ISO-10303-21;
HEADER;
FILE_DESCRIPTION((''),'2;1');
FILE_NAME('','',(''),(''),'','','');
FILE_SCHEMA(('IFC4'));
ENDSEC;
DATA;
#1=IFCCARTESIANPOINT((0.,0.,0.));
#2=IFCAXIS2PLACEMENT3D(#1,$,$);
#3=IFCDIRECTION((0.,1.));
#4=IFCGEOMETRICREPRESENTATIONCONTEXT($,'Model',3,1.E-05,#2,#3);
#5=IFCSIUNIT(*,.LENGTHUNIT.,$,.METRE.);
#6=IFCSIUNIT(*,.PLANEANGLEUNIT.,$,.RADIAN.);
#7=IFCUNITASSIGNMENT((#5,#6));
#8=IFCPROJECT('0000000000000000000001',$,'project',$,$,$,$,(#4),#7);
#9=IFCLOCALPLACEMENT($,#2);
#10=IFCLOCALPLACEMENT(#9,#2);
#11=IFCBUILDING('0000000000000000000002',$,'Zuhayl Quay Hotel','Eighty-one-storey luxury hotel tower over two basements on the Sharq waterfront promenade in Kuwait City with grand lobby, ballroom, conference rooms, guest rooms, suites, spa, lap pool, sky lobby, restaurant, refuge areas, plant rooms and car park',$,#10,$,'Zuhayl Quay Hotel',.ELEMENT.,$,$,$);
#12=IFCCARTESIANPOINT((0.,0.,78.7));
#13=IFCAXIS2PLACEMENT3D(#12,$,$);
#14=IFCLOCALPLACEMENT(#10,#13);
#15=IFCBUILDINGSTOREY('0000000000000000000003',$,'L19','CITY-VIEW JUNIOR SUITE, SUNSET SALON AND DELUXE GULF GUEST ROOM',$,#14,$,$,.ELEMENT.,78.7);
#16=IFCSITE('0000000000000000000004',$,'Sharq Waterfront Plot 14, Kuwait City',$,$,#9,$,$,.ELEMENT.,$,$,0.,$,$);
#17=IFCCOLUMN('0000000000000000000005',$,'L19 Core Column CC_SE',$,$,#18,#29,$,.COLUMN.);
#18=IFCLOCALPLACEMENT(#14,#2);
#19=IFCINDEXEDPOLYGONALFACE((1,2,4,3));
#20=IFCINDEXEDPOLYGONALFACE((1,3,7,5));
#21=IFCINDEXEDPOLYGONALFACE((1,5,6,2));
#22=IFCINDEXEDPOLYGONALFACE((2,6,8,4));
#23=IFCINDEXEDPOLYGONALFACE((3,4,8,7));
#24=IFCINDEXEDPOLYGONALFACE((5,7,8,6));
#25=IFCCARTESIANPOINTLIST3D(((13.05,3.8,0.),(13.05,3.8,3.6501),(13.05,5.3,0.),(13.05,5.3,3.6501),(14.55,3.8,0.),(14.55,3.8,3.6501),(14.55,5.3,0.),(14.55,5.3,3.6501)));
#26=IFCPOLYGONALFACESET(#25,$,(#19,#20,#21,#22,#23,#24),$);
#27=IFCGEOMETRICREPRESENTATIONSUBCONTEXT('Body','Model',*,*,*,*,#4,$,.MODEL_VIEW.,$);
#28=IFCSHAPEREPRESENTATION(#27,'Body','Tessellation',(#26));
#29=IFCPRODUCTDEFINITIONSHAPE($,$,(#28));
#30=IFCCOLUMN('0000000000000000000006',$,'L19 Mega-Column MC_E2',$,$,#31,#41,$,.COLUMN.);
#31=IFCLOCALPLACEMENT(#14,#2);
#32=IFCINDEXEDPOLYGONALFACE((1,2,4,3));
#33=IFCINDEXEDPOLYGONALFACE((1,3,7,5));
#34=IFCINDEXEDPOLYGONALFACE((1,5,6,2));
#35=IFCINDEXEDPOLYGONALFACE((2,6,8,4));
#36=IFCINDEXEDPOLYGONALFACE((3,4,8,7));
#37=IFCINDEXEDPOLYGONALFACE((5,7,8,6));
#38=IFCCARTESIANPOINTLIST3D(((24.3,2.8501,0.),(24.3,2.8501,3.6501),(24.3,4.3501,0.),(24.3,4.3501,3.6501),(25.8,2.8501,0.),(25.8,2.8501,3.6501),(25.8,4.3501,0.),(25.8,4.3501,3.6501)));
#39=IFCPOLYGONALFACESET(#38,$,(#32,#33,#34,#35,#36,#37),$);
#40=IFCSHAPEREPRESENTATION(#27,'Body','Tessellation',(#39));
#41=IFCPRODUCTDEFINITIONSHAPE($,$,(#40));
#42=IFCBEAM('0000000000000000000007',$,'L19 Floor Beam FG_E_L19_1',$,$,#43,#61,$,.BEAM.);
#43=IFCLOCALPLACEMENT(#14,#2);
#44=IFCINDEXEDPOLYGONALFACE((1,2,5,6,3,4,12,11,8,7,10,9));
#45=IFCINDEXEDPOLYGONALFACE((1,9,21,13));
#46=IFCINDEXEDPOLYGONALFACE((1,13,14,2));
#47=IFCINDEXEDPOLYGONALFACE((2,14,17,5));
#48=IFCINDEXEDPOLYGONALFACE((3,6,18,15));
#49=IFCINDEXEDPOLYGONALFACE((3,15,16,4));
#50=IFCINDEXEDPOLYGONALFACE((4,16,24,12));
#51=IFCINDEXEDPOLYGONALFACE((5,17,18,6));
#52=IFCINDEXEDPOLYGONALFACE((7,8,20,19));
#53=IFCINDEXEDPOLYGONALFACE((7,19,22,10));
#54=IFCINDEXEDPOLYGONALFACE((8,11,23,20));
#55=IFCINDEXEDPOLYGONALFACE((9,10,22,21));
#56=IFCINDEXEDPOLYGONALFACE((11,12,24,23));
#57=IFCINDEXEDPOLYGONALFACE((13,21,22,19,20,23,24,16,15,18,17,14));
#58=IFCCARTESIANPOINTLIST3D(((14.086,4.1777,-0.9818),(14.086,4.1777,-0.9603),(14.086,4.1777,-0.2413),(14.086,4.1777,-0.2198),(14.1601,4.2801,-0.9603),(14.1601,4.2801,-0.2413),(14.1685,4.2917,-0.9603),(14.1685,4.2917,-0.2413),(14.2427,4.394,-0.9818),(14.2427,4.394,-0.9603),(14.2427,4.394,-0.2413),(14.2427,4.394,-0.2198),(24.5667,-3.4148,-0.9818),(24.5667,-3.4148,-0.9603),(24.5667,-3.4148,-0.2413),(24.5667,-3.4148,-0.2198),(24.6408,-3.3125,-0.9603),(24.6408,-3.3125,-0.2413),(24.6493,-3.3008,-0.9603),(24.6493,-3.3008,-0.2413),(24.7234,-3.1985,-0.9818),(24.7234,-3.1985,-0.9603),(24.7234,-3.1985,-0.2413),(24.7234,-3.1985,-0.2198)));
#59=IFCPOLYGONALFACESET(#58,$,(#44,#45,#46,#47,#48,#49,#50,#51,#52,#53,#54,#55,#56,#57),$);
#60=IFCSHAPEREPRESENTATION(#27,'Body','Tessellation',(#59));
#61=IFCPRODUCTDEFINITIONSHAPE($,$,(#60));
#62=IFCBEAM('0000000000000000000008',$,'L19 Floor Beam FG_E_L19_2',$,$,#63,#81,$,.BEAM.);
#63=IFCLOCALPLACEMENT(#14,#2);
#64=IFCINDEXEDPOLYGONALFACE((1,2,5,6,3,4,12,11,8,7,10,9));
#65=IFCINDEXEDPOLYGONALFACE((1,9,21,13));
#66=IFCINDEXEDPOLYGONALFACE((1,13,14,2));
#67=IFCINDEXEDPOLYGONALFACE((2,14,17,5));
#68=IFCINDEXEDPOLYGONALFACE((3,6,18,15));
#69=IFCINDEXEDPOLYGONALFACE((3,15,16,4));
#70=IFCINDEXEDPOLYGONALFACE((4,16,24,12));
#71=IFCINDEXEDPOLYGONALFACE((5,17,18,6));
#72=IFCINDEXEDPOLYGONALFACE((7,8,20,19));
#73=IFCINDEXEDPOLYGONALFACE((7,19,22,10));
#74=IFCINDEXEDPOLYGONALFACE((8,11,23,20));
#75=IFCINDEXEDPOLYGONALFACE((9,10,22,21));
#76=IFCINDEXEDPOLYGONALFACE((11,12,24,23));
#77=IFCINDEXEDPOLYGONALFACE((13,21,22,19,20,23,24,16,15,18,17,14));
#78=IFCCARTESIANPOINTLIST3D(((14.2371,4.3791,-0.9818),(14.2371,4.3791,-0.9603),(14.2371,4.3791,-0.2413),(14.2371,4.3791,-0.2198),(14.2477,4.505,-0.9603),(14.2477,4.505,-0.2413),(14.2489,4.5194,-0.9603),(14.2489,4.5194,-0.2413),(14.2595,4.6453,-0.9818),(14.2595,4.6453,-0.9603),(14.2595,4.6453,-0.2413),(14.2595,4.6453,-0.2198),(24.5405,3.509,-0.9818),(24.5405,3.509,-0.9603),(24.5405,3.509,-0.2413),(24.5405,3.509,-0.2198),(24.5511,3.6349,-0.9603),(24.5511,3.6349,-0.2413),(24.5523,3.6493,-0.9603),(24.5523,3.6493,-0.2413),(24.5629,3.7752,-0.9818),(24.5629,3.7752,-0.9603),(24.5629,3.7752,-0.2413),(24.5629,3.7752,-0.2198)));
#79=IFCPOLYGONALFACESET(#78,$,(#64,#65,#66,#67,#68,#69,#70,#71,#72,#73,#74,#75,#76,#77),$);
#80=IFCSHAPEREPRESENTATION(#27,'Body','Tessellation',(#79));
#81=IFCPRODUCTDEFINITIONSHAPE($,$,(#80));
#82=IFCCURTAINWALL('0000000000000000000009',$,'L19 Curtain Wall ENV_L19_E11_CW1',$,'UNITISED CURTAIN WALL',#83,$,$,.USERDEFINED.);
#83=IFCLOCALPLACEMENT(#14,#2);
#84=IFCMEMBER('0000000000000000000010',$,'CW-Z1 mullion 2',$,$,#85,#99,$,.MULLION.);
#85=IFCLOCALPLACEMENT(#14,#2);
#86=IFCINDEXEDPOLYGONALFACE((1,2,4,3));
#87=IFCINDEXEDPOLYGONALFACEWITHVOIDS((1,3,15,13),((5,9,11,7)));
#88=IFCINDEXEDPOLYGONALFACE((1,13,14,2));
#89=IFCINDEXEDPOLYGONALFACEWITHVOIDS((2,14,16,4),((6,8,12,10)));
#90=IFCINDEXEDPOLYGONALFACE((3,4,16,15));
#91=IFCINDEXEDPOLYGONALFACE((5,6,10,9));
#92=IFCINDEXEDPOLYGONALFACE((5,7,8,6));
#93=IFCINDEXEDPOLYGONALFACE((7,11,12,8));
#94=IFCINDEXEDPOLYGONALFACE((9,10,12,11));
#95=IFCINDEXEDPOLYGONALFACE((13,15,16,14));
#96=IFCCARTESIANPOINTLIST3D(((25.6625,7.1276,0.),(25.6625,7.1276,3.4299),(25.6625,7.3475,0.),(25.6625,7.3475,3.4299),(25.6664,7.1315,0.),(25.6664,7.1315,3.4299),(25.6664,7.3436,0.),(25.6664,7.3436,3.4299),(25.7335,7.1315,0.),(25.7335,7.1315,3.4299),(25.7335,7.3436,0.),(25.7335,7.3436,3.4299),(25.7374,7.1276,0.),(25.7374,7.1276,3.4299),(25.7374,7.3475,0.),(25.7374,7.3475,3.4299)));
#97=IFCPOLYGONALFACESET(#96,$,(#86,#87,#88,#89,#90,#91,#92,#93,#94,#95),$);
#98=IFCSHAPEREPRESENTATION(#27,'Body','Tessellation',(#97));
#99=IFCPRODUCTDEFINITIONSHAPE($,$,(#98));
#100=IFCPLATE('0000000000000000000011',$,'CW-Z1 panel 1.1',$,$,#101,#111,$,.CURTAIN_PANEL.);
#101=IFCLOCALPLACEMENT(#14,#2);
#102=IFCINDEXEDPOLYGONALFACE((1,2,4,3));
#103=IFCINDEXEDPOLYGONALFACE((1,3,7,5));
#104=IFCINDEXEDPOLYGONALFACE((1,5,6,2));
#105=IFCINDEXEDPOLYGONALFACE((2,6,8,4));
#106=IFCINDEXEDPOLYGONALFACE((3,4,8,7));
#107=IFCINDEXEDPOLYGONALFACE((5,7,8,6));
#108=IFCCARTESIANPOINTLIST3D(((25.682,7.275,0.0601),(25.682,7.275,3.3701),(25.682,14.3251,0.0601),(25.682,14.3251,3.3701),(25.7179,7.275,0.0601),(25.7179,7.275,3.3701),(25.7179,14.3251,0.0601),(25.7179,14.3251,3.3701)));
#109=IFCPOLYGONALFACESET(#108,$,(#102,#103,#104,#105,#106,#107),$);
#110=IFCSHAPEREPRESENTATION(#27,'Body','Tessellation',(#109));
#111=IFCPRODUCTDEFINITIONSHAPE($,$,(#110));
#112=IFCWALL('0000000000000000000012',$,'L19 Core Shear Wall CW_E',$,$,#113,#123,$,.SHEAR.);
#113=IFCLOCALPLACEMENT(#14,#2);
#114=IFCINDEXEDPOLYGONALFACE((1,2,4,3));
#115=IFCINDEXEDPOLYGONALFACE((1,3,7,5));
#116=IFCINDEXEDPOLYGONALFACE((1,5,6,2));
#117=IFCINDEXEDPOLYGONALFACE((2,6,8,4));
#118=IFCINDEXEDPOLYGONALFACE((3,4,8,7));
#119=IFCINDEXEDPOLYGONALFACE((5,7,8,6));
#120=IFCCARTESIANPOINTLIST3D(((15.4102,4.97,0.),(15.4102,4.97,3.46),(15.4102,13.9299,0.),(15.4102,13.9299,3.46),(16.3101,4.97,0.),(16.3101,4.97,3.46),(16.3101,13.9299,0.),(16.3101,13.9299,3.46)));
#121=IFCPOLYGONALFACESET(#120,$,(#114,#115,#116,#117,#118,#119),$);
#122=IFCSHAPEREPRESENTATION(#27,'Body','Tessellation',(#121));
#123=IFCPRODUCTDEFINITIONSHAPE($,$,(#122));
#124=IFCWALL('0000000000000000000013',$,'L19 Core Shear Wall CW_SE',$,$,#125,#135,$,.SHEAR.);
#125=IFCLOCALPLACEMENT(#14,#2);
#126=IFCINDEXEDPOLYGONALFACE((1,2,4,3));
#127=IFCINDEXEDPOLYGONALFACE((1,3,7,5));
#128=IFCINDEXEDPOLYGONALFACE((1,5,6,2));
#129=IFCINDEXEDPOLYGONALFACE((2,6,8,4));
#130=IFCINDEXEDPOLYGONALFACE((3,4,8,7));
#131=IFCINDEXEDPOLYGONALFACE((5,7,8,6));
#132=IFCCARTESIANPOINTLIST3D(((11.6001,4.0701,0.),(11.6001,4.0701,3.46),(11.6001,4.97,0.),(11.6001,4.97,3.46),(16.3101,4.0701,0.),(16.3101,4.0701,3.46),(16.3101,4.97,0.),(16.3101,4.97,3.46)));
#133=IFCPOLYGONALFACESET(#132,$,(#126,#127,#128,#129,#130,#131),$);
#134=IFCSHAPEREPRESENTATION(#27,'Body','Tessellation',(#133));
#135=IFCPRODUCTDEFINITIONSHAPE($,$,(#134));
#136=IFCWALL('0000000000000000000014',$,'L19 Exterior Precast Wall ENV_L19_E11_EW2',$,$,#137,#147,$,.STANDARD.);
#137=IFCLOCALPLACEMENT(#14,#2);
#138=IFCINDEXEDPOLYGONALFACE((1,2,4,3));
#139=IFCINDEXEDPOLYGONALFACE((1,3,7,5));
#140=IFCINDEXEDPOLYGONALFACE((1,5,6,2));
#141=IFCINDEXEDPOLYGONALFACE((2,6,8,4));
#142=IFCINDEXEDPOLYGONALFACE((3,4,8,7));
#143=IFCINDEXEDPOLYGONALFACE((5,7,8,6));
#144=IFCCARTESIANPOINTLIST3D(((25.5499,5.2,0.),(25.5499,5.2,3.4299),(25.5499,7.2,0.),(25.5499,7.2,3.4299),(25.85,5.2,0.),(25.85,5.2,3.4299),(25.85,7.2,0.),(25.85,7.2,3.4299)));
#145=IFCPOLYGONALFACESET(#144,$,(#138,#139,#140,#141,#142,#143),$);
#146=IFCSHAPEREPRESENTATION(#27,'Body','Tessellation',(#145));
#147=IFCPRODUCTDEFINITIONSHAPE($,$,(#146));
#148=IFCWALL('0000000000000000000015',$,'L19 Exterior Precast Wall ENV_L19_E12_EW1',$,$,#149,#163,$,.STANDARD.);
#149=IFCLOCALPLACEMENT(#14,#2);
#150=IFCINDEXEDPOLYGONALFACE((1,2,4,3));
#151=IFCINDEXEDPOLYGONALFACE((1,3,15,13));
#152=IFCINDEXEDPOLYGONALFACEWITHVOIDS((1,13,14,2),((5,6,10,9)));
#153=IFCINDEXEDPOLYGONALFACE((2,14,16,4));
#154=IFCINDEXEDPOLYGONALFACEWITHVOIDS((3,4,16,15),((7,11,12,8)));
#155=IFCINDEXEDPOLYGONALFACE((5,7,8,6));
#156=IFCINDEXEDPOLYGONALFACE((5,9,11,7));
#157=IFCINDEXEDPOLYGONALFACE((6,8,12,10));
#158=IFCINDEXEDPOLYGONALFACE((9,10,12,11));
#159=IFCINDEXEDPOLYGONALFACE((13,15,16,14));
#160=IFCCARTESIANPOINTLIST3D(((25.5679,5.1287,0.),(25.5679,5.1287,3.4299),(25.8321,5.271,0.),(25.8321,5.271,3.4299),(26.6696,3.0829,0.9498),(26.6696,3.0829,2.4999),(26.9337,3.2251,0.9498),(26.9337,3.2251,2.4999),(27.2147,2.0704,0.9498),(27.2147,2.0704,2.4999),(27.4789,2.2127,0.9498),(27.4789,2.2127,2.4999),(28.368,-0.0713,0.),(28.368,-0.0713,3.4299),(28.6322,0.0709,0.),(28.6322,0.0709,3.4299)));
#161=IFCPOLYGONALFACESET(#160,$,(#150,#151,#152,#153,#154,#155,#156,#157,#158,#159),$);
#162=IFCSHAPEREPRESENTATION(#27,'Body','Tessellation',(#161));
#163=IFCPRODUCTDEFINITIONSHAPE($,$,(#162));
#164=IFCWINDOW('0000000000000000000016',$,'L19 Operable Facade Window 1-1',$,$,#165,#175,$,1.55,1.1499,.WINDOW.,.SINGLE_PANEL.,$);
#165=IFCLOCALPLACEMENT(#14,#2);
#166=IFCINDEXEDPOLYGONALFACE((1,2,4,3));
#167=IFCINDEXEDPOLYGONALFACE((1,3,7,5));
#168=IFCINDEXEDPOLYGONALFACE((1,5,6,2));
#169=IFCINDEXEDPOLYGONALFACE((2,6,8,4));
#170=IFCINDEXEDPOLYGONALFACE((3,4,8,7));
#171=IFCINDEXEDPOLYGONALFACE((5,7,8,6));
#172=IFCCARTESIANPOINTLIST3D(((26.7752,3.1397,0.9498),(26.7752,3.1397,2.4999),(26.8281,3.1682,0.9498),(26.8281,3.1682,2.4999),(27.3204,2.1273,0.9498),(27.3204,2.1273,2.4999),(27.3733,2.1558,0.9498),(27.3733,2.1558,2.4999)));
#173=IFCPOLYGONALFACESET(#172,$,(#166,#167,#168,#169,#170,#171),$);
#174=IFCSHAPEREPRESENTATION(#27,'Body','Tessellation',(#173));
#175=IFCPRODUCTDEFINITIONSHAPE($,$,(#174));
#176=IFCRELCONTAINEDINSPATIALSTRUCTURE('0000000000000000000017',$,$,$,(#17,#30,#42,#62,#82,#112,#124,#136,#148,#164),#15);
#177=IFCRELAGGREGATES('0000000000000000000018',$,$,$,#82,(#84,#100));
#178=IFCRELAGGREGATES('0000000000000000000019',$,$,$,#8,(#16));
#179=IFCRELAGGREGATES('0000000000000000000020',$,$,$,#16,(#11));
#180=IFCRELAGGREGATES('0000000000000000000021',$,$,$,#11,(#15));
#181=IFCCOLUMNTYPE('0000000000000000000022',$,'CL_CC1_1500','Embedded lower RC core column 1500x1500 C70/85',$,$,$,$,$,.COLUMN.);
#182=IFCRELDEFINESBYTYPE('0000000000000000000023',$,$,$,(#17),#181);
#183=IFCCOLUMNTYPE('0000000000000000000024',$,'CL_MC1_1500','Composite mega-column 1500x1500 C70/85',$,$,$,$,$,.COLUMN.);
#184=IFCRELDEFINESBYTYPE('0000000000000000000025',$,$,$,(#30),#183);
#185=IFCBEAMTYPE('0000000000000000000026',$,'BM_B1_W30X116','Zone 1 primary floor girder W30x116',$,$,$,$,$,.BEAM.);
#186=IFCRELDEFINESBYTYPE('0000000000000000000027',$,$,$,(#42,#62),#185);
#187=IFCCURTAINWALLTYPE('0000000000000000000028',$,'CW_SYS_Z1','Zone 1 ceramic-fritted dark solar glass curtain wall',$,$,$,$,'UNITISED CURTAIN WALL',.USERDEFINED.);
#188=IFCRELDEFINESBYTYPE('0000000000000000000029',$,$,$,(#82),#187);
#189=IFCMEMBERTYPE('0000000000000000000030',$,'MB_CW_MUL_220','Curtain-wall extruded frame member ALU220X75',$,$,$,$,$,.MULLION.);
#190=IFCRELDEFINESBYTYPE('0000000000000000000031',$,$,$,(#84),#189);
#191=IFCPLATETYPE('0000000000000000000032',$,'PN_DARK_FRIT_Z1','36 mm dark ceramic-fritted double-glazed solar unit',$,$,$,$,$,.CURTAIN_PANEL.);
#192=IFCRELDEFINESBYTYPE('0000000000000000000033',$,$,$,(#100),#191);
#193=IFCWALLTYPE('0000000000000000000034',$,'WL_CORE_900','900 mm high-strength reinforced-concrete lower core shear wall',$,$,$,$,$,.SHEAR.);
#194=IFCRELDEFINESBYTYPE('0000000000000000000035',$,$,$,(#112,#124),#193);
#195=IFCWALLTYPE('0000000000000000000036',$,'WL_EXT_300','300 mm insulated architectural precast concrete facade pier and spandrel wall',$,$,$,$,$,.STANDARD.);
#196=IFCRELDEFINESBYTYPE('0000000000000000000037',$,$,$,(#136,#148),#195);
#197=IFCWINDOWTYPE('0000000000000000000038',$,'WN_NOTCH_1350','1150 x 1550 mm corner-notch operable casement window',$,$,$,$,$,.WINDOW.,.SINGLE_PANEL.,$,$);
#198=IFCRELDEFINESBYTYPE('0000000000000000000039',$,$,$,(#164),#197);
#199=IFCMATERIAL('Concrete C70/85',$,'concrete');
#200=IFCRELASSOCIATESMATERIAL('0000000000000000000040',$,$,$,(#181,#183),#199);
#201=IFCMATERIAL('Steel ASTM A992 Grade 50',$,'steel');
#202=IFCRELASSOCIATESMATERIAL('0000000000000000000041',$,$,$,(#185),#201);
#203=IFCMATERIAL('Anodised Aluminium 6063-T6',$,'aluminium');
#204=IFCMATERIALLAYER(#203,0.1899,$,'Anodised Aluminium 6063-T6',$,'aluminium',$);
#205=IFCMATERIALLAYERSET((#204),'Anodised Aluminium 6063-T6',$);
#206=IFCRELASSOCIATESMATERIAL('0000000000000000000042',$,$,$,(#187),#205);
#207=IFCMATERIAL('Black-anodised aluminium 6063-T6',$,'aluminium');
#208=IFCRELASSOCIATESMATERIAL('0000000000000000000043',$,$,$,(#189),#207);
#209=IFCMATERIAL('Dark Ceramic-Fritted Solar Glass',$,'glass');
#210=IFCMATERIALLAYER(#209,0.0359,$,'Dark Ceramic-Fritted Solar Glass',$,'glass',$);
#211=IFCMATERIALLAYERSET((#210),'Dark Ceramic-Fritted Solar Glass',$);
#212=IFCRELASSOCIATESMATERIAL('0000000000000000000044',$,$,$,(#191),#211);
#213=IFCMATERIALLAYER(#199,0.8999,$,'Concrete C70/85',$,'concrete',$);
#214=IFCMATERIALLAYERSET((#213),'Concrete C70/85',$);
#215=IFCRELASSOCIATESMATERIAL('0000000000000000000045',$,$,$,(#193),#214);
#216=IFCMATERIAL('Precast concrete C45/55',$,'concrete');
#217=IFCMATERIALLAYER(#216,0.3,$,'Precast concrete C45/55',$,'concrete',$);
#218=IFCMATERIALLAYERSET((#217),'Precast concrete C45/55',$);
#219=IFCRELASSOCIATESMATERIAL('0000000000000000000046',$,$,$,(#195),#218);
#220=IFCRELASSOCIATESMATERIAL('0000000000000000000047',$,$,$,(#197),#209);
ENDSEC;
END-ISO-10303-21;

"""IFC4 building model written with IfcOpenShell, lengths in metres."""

from ifc_helpers import new_model, si_unit, direction, frame, frame_2d, origin, origin_2d, place, context, subcontext, project, spatial, rectangle, hollow_rectangle, i_section, extrude, material, layer, layer_set, material_profile, profile_set, type_object, element, fill, aggregate, save


model = new_model("IFC4")

# Units and contexts
model_context = context("Model", 3, precision=1e-05, world=origin(), true_north=direction((0.0, 1.0)))
body_context = subcontext(model_context, "Body", "Model", "MODEL_VIEW")
ifc_project = project(units=[si_unit("LENGTHUNIT", "METRE"), si_unit("PLANEANGLEUNIT", "RADIAN")], contexts=[model_context])

# Site, building, storey
site_placement = place(None, origin())
site = spatial("IfcSite", under=ifc_project, at=site_placement, Name="Sharq Waterfront Plot 14, Kuwait City", CompositionType="ELEMENT", RefElevation=0.0)
building_placement = place(site_placement, origin())
building = spatial("IfcBuilding", under=site, at=building_placement, Name="Zuhayl Quay Hotel", Description="Eighty-one-storey luxury hotel tower over two basements on the Sharq waterfront promenade in Kuwait City with grand lobby, ballroom, conference rooms, guest rooms, suites, spa, lap pool, sky lobby, restaurant, refuge areas, plant rooms and car park", LongName="Zuhayl Quay Hotel", CompositionType="ELEMENT")
storey_placement = place(building_placement, frame((0.0, 0.0, 78.7)))
storey = spatial("IfcBuildingStorey", under=building, at=storey_placement, Name="L19", Description="CITY-VIEW JUNIOR SUITE, SUNSET SALON AND DELUXE GULF GUEST ROOM", CompositionType="ELEMENT", Elevation=78.7)

# Columns
ifc_material_1 = material(Name="Concrete C70/85", Category="concrete")
ifc_material_profile_1 = material_profile(ifc_material_1, rectangle(XDim=1.5, YDim=1.5, at=origin_2d()), Name="RC1500X1500")
ifc_profile_set_1 = profile_set([ifc_material_profile_1], Name="Concrete C70/85")
column_type_1 = type_object("IfcColumnType", Name="CL_CC1_1500", Description="Embedded lower RC core column 1500x1500 C70/85", PredefinedType="COLUMN", material=ifc_profile_set_1)
column_1_placement = place(storey_placement, frame((13.8, 4.55, 0.0), z_axis=(0.0, 0.0, 1.0), x_axis=(1.0, 0.0, 0.0)))
element("IfcColumn", 1, at=column_1_placement, inside=storey, type_object=column_type_1, Name="L19 Core Column CC_SE", PredefinedType="COLUMN", context=body_context, shape_type="SweptSolid", body=[
    extrude(rectangle(XDim=1.5, YDim=1.5, at=origin_2d()), origin(), (0.0, 0.0, 1.0), 3.6501),
])
ifc_material_profile_2 = material_profile(ifc_material_1, rectangle(XDim=1.5, YDim=1.5, at=origin_2d()), Name="RC1500X1500")
ifc_profile_set_2 = profile_set([ifc_material_profile_2], Name="Concrete C70/85")
column_type_2 = type_object("IfcColumnType", Name="CL_MC1_1500", Description="Composite mega-column 1500x1500 C70/85", PredefinedType="COLUMN", material=ifc_profile_set_2)
column_2_placement = place(storey_placement, frame((25.05, 3.6001, 0.0), z_axis=(0.0, 0.0, 1.0), x_axis=(1.0, 0.0, 0.0)))
element("IfcColumn", 2, at=column_2_placement, inside=storey, type_object=column_type_2, Name="L19 Mega-Column MC_E2", PredefinedType="COLUMN", context=body_context, shape_type="SweptSolid", body=[
    extrude(rectangle(XDim=1.5, YDim=1.5, at=origin_2d()), origin(), (0.0, 0.0, 1.0), 3.6501),
])

# Beams
ifc_material_2 = material(Name="Steel ASTM A992 Grade 50", Category="steel")
ifc_material_profile_3 = material_profile(ifc_material_2, i_section(OverallWidth=0.2671, OverallDepth=0.762, WebThickness=0.0144, FlangeThickness=0.0215, at=origin_2d()), Name="W30X116")
ifc_profile_set_3 = profile_set([ifc_material_profile_3], Name="Steel ASTM A992 Grade 50")
beam_type = type_object("IfcBeamType", Name="BM_B1_W30X116", Description="Zone 1 primary floor girder W30x116", PredefinedType="BEAM", material=ifc_profile_set_3)
beam_1_placement = place(storey_placement, frame((14.1643, 4.2859, -0.6008), z_axis=(0.80983, -0.586664, 0.0), x_axis=(0.586664, 0.80983, 0.0)))
element("IfcBeam", 3, at=beam_1_placement, inside=storey, type_object=beam_type, Name="L19 Floor Beam FG_E_L19_1", PredefinedType="BEAM", context=body_context, shape_type="SweptSolid", body=[
    extrude(i_section(OverallWidth=0.2671, OverallDepth=0.762, WebThickness=0.0144, FlangeThickness=0.0215, at=origin_2d()), origin(), (0.0, 0.0, 1.0), 12.9419),
])
beam_2_placement = place(storey_placement, frame((14.2483, 4.5122, -0.6008), z_axis=(0.996453, -0.084149, 0.0), x_axis=(0.084149, 0.996453, 0.0)))
element("IfcBeam", 4, at=beam_2_placement, inside=storey, type_object=beam_type, Name="L19 Floor Beam FG_E_L19_2", PredefinedType="BEAM", context=body_context, shape_type="SweptSolid", body=[
    extrude(i_section(OverallWidth=0.2671, OverallDepth=0.762, WebThickness=0.0144, FlangeThickness=0.0215, at=origin_2d()), origin(), (0.0, 0.0, 1.0), 10.3401),
])

# Curtain wall, member, plate
ifc_material_3 = material(Name="Anodised Aluminium 6063-T6", Category="aluminium")
ifc_layer_1 = layer(ifc_material_3, 0.1899, Name="Anodised Aluminium 6063-T6", Category="aluminium")
ifc_layer_set_1 = layer_set([ifc_layer_1], Name="Anodised Aluminium 6063-T6")
curtain_wall_type = type_object("IfcCurtainWallType", Name="CW_SYS_Z1", Description="Zone 1 ceramic-fritted dark solar glass curtain wall", ElementType="UNITISED CURTAIN WALL", PredefinedType="USERDEFINED", material=ifc_layer_set_1)
curtain_wall_placement = place(storey_placement, origin())
curtain_wall = element("IfcCurtainWall", 5, at=curtain_wall_placement, inside=storey, type_object=curtain_wall_type, Name="L19 Curtain Wall ENV_L19_E11_CW1", ObjectType="UNITISED CURTAIN WALL", PredefinedType="USERDEFINED")
ifc_material_4 = material(Name="Black-anodised aluminium 6063-T6", Category="aluminium")
ifc_material_profile_4 = material_profile(ifc_material_4, hollow_rectangle(XDim=0.075, YDim=0.22, WallThickness=0.0039, at=origin_2d()), Name="ALU220X75")
ifc_profile_set_4 = profile_set([ifc_material_profile_4], Name="Black-anodised aluminium 6063-T6")
member_type = type_object("IfcMemberType", Name="MB_CW_MUL_220", Description="Curtain-wall extruded frame member ALU220X75", PredefinedType="MULLION", material=ifc_profile_set_4)
member_placement = place(storey_placement, frame((25.7, 7.2375, 0.0), z_axis=(0.0, 0.0, 1.0), x_axis=(1.0, 0.0, 0.0)))
member = element("IfcMember", 6, at=member_placement, type_object=member_type, Name="CW-Z1 mullion 2", PredefinedType="MULLION", context=body_context, shape_type="SweptSolid", body=[
    extrude(hollow_rectangle(XDim=0.075, YDim=0.22, WallThickness=0.0039, at=origin_2d()), origin(), (0.0, 0.0, 1.0), 3.4299),
])
ifc_material_5 = material(Name="Dark Ceramic-Fritted Solar Glass", Category="glass")
ifc_layer_2 = layer(ifc_material_5, 0.0359, Name="Dark Ceramic-Fritted Solar Glass", Category="glass")
ifc_layer_set_2 = layer_set([ifc_layer_2], Name="Dark Ceramic-Fritted Solar Glass")
plate_type = type_object("IfcPlateType", Name="PN_DARK_FRIT_Z1", Description="36 mm dark ceramic-fritted double-glazed solar unit", PredefinedType="CURTAIN_PANEL", material=ifc_layer_set_2)
plate_placement = place(storey_placement, frame((25.7, 10.8, 0.0601), z_axis=(0.0, 0.0, 1.0), x_axis=(0.0, -1.0, 0.0)))
plate = element("IfcPlate", 7, at=plate_placement, type_object=plate_type, Name="CW-Z1 panel 1.1", PredefinedType="CURTAIN_PANEL", context=body_context, shape_type="SweptSolid", body=[
    extrude(rectangle(XDim=7.05, YDim=0.0359, at=origin_2d()), origin(), (0.0, 0.0, 1.0), 3.3101),
])
aggregate(curtain_wall, [member, plate])

# Walls
ifc_layer_3 = layer(ifc_material_1, 0.8999, Name="Concrete C70/85", Category="concrete")
ifc_layer_set_3 = layer_set([ifc_layer_3], Name="Concrete C70/85")
wall_type_1 = type_object("IfcWallType", Name="WL_CORE_900", Description="900 mm high-strength reinforced-concrete lower core shear wall", PredefinedType="SHEAR", material=ifc_layer_set_3)
wall_1_placement = place(storey_placement, frame((15.8601, 4.97, 0.0), z_axis=(0.0, 0.0, 1.0), x_axis=(0.0, 1.0, 0.0)))
element("IfcWall", 8, at=wall_1_placement, inside=storey, type_object=wall_type_1, Name="L19 Core Shear Wall CW_E", PredefinedType="SHEAR", context=body_context, shape_type="SweptSolid", body=[
    extrude(rectangle(XDim=8.96, YDim=0.8999, at=frame_2d((4.48, 0.0))), origin(), (0.0, 0.0, 1.0), 3.46),
])
wall_2_placement = place(storey_placement, frame((11.6001, 4.52, 0.0), z_axis=(0.0, 0.0, 1.0), x_axis=(1.0, 0.0, 0.0)))
element("IfcWall", 9, at=wall_2_placement, inside=storey, type_object=wall_type_1, Name="L19 Core Shear Wall CW_SE", PredefinedType="SHEAR", context=body_context, shape_type="SweptSolid", body=[
    extrude(rectangle(XDim=4.71, YDim=0.8999, at=frame_2d((2.355, 0.0))), origin(), (0.0, 0.0, 1.0), 3.46),
])
ifc_material_6 = material(Name="Precast concrete C45/55", Category="concrete")
ifc_layer_4 = layer(ifc_material_6, 0.3, Name="Precast concrete C45/55", Category="concrete")
ifc_layer_set_4 = layer_set([ifc_layer_4], Name="Precast concrete C45/55")
wall_type_2 = type_object("IfcWallType", Name="WL_EXT_300", Description="300 mm insulated architectural precast concrete facade pier and spandrel wall", PredefinedType="STANDARD", material=ifc_layer_set_4)
wall_3_placement = place(storey_placement, frame((25.7, 7.2, 0.0), z_axis=(0.0, 0.0, 1.0), x_axis=(0.0, -1.0, 0.0)))
element("IfcWall", 10, at=wall_3_placement, inside=storey, type_object=wall_type_2, Name="L19 Exterior Precast Wall ENV_L19_E11_EW2", PredefinedType="STANDARD", context=body_context, shape_type="SweptSolid", body=[
    extrude(rectangle(XDim=2.0, YDim=0.3, at=frame_2d((1.0, 0.0))), origin(), (0.0, 0.0, 1.0), 3.4299),
])

# Wall, opening, window
wall_4_placement = place(storey_placement, frame((25.7, 5.2, 0.0), z_axis=(0.0, 0.0, 1.0), x_axis=(0.47411, -0.880466, 0.0)))
wall_4 = element("IfcWall", 11, at=wall_4_placement, inside=storey, type_object=wall_type_2, Name="L19 Exterior Precast Wall ENV_L19_E12_EW1", PredefinedType="STANDARD", context=body_context, shape_type="SweptSolid", body=[
    extrude(rectangle(XDim=5.906, YDim=0.3, at=frame_2d((2.9531, 0.0))), origin(), (0.0, 0.0, 1.0), 3.4299),
])
opening_1_placement = place(wall_4_placement, frame((2.3237, 0.0, 0.95)))
opening_1 = element("IfcOpeningElement", 12, at=opening_1_placement, cuts=wall_4, PredefinedType="OPENING", context=body_context, shape_type="SweptSolid", body=[
    extrude(rectangle(XDim=1.1499, YDim=1.55, at=frame_2d((0.575, 0.7749))), frame((0.0, 0.1599, 0.0), z_axis=(0.0, -1.0, 0.0), x_axis=(1.0, 0.0, 0.0)), (0.0, 0.0, 1.0), 0.3201),
])
window_type = type_object("IfcWindowType", Name="WN_NOTCH_1350", Description="1150 x 1550 mm corner-notch operable casement window", PartitioningType="SINGLE_PANEL", PredefinedType="WINDOW", material=ifc_material_5)
window_placement = place(opening_1_placement, origin())
window = element("IfcWindow", 13, at=window_placement, inside=storey, type_object=window_type, Name="L19 Operable Facade Window 1-1", OverallHeight=1.55, OverallWidth=1.1499, PartitioningType="SINGLE_PANEL", PredefinedType="WINDOW", context=body_context, shape_type="SweptSolid", body=[
    extrude(rectangle(XDim=1.1499, YDim=1.55, at=frame_2d((0.575, 0.7749))), frame((0.0, 0.03, 0.0), z_axis=(0.0, -1.0, 0.0), x_axis=(1.0, 0.0, 0.0)), (0.0, 0.0, 1.0), 0.0601),
])
fill(opening_1, window)

save(model, "model.ifc")
